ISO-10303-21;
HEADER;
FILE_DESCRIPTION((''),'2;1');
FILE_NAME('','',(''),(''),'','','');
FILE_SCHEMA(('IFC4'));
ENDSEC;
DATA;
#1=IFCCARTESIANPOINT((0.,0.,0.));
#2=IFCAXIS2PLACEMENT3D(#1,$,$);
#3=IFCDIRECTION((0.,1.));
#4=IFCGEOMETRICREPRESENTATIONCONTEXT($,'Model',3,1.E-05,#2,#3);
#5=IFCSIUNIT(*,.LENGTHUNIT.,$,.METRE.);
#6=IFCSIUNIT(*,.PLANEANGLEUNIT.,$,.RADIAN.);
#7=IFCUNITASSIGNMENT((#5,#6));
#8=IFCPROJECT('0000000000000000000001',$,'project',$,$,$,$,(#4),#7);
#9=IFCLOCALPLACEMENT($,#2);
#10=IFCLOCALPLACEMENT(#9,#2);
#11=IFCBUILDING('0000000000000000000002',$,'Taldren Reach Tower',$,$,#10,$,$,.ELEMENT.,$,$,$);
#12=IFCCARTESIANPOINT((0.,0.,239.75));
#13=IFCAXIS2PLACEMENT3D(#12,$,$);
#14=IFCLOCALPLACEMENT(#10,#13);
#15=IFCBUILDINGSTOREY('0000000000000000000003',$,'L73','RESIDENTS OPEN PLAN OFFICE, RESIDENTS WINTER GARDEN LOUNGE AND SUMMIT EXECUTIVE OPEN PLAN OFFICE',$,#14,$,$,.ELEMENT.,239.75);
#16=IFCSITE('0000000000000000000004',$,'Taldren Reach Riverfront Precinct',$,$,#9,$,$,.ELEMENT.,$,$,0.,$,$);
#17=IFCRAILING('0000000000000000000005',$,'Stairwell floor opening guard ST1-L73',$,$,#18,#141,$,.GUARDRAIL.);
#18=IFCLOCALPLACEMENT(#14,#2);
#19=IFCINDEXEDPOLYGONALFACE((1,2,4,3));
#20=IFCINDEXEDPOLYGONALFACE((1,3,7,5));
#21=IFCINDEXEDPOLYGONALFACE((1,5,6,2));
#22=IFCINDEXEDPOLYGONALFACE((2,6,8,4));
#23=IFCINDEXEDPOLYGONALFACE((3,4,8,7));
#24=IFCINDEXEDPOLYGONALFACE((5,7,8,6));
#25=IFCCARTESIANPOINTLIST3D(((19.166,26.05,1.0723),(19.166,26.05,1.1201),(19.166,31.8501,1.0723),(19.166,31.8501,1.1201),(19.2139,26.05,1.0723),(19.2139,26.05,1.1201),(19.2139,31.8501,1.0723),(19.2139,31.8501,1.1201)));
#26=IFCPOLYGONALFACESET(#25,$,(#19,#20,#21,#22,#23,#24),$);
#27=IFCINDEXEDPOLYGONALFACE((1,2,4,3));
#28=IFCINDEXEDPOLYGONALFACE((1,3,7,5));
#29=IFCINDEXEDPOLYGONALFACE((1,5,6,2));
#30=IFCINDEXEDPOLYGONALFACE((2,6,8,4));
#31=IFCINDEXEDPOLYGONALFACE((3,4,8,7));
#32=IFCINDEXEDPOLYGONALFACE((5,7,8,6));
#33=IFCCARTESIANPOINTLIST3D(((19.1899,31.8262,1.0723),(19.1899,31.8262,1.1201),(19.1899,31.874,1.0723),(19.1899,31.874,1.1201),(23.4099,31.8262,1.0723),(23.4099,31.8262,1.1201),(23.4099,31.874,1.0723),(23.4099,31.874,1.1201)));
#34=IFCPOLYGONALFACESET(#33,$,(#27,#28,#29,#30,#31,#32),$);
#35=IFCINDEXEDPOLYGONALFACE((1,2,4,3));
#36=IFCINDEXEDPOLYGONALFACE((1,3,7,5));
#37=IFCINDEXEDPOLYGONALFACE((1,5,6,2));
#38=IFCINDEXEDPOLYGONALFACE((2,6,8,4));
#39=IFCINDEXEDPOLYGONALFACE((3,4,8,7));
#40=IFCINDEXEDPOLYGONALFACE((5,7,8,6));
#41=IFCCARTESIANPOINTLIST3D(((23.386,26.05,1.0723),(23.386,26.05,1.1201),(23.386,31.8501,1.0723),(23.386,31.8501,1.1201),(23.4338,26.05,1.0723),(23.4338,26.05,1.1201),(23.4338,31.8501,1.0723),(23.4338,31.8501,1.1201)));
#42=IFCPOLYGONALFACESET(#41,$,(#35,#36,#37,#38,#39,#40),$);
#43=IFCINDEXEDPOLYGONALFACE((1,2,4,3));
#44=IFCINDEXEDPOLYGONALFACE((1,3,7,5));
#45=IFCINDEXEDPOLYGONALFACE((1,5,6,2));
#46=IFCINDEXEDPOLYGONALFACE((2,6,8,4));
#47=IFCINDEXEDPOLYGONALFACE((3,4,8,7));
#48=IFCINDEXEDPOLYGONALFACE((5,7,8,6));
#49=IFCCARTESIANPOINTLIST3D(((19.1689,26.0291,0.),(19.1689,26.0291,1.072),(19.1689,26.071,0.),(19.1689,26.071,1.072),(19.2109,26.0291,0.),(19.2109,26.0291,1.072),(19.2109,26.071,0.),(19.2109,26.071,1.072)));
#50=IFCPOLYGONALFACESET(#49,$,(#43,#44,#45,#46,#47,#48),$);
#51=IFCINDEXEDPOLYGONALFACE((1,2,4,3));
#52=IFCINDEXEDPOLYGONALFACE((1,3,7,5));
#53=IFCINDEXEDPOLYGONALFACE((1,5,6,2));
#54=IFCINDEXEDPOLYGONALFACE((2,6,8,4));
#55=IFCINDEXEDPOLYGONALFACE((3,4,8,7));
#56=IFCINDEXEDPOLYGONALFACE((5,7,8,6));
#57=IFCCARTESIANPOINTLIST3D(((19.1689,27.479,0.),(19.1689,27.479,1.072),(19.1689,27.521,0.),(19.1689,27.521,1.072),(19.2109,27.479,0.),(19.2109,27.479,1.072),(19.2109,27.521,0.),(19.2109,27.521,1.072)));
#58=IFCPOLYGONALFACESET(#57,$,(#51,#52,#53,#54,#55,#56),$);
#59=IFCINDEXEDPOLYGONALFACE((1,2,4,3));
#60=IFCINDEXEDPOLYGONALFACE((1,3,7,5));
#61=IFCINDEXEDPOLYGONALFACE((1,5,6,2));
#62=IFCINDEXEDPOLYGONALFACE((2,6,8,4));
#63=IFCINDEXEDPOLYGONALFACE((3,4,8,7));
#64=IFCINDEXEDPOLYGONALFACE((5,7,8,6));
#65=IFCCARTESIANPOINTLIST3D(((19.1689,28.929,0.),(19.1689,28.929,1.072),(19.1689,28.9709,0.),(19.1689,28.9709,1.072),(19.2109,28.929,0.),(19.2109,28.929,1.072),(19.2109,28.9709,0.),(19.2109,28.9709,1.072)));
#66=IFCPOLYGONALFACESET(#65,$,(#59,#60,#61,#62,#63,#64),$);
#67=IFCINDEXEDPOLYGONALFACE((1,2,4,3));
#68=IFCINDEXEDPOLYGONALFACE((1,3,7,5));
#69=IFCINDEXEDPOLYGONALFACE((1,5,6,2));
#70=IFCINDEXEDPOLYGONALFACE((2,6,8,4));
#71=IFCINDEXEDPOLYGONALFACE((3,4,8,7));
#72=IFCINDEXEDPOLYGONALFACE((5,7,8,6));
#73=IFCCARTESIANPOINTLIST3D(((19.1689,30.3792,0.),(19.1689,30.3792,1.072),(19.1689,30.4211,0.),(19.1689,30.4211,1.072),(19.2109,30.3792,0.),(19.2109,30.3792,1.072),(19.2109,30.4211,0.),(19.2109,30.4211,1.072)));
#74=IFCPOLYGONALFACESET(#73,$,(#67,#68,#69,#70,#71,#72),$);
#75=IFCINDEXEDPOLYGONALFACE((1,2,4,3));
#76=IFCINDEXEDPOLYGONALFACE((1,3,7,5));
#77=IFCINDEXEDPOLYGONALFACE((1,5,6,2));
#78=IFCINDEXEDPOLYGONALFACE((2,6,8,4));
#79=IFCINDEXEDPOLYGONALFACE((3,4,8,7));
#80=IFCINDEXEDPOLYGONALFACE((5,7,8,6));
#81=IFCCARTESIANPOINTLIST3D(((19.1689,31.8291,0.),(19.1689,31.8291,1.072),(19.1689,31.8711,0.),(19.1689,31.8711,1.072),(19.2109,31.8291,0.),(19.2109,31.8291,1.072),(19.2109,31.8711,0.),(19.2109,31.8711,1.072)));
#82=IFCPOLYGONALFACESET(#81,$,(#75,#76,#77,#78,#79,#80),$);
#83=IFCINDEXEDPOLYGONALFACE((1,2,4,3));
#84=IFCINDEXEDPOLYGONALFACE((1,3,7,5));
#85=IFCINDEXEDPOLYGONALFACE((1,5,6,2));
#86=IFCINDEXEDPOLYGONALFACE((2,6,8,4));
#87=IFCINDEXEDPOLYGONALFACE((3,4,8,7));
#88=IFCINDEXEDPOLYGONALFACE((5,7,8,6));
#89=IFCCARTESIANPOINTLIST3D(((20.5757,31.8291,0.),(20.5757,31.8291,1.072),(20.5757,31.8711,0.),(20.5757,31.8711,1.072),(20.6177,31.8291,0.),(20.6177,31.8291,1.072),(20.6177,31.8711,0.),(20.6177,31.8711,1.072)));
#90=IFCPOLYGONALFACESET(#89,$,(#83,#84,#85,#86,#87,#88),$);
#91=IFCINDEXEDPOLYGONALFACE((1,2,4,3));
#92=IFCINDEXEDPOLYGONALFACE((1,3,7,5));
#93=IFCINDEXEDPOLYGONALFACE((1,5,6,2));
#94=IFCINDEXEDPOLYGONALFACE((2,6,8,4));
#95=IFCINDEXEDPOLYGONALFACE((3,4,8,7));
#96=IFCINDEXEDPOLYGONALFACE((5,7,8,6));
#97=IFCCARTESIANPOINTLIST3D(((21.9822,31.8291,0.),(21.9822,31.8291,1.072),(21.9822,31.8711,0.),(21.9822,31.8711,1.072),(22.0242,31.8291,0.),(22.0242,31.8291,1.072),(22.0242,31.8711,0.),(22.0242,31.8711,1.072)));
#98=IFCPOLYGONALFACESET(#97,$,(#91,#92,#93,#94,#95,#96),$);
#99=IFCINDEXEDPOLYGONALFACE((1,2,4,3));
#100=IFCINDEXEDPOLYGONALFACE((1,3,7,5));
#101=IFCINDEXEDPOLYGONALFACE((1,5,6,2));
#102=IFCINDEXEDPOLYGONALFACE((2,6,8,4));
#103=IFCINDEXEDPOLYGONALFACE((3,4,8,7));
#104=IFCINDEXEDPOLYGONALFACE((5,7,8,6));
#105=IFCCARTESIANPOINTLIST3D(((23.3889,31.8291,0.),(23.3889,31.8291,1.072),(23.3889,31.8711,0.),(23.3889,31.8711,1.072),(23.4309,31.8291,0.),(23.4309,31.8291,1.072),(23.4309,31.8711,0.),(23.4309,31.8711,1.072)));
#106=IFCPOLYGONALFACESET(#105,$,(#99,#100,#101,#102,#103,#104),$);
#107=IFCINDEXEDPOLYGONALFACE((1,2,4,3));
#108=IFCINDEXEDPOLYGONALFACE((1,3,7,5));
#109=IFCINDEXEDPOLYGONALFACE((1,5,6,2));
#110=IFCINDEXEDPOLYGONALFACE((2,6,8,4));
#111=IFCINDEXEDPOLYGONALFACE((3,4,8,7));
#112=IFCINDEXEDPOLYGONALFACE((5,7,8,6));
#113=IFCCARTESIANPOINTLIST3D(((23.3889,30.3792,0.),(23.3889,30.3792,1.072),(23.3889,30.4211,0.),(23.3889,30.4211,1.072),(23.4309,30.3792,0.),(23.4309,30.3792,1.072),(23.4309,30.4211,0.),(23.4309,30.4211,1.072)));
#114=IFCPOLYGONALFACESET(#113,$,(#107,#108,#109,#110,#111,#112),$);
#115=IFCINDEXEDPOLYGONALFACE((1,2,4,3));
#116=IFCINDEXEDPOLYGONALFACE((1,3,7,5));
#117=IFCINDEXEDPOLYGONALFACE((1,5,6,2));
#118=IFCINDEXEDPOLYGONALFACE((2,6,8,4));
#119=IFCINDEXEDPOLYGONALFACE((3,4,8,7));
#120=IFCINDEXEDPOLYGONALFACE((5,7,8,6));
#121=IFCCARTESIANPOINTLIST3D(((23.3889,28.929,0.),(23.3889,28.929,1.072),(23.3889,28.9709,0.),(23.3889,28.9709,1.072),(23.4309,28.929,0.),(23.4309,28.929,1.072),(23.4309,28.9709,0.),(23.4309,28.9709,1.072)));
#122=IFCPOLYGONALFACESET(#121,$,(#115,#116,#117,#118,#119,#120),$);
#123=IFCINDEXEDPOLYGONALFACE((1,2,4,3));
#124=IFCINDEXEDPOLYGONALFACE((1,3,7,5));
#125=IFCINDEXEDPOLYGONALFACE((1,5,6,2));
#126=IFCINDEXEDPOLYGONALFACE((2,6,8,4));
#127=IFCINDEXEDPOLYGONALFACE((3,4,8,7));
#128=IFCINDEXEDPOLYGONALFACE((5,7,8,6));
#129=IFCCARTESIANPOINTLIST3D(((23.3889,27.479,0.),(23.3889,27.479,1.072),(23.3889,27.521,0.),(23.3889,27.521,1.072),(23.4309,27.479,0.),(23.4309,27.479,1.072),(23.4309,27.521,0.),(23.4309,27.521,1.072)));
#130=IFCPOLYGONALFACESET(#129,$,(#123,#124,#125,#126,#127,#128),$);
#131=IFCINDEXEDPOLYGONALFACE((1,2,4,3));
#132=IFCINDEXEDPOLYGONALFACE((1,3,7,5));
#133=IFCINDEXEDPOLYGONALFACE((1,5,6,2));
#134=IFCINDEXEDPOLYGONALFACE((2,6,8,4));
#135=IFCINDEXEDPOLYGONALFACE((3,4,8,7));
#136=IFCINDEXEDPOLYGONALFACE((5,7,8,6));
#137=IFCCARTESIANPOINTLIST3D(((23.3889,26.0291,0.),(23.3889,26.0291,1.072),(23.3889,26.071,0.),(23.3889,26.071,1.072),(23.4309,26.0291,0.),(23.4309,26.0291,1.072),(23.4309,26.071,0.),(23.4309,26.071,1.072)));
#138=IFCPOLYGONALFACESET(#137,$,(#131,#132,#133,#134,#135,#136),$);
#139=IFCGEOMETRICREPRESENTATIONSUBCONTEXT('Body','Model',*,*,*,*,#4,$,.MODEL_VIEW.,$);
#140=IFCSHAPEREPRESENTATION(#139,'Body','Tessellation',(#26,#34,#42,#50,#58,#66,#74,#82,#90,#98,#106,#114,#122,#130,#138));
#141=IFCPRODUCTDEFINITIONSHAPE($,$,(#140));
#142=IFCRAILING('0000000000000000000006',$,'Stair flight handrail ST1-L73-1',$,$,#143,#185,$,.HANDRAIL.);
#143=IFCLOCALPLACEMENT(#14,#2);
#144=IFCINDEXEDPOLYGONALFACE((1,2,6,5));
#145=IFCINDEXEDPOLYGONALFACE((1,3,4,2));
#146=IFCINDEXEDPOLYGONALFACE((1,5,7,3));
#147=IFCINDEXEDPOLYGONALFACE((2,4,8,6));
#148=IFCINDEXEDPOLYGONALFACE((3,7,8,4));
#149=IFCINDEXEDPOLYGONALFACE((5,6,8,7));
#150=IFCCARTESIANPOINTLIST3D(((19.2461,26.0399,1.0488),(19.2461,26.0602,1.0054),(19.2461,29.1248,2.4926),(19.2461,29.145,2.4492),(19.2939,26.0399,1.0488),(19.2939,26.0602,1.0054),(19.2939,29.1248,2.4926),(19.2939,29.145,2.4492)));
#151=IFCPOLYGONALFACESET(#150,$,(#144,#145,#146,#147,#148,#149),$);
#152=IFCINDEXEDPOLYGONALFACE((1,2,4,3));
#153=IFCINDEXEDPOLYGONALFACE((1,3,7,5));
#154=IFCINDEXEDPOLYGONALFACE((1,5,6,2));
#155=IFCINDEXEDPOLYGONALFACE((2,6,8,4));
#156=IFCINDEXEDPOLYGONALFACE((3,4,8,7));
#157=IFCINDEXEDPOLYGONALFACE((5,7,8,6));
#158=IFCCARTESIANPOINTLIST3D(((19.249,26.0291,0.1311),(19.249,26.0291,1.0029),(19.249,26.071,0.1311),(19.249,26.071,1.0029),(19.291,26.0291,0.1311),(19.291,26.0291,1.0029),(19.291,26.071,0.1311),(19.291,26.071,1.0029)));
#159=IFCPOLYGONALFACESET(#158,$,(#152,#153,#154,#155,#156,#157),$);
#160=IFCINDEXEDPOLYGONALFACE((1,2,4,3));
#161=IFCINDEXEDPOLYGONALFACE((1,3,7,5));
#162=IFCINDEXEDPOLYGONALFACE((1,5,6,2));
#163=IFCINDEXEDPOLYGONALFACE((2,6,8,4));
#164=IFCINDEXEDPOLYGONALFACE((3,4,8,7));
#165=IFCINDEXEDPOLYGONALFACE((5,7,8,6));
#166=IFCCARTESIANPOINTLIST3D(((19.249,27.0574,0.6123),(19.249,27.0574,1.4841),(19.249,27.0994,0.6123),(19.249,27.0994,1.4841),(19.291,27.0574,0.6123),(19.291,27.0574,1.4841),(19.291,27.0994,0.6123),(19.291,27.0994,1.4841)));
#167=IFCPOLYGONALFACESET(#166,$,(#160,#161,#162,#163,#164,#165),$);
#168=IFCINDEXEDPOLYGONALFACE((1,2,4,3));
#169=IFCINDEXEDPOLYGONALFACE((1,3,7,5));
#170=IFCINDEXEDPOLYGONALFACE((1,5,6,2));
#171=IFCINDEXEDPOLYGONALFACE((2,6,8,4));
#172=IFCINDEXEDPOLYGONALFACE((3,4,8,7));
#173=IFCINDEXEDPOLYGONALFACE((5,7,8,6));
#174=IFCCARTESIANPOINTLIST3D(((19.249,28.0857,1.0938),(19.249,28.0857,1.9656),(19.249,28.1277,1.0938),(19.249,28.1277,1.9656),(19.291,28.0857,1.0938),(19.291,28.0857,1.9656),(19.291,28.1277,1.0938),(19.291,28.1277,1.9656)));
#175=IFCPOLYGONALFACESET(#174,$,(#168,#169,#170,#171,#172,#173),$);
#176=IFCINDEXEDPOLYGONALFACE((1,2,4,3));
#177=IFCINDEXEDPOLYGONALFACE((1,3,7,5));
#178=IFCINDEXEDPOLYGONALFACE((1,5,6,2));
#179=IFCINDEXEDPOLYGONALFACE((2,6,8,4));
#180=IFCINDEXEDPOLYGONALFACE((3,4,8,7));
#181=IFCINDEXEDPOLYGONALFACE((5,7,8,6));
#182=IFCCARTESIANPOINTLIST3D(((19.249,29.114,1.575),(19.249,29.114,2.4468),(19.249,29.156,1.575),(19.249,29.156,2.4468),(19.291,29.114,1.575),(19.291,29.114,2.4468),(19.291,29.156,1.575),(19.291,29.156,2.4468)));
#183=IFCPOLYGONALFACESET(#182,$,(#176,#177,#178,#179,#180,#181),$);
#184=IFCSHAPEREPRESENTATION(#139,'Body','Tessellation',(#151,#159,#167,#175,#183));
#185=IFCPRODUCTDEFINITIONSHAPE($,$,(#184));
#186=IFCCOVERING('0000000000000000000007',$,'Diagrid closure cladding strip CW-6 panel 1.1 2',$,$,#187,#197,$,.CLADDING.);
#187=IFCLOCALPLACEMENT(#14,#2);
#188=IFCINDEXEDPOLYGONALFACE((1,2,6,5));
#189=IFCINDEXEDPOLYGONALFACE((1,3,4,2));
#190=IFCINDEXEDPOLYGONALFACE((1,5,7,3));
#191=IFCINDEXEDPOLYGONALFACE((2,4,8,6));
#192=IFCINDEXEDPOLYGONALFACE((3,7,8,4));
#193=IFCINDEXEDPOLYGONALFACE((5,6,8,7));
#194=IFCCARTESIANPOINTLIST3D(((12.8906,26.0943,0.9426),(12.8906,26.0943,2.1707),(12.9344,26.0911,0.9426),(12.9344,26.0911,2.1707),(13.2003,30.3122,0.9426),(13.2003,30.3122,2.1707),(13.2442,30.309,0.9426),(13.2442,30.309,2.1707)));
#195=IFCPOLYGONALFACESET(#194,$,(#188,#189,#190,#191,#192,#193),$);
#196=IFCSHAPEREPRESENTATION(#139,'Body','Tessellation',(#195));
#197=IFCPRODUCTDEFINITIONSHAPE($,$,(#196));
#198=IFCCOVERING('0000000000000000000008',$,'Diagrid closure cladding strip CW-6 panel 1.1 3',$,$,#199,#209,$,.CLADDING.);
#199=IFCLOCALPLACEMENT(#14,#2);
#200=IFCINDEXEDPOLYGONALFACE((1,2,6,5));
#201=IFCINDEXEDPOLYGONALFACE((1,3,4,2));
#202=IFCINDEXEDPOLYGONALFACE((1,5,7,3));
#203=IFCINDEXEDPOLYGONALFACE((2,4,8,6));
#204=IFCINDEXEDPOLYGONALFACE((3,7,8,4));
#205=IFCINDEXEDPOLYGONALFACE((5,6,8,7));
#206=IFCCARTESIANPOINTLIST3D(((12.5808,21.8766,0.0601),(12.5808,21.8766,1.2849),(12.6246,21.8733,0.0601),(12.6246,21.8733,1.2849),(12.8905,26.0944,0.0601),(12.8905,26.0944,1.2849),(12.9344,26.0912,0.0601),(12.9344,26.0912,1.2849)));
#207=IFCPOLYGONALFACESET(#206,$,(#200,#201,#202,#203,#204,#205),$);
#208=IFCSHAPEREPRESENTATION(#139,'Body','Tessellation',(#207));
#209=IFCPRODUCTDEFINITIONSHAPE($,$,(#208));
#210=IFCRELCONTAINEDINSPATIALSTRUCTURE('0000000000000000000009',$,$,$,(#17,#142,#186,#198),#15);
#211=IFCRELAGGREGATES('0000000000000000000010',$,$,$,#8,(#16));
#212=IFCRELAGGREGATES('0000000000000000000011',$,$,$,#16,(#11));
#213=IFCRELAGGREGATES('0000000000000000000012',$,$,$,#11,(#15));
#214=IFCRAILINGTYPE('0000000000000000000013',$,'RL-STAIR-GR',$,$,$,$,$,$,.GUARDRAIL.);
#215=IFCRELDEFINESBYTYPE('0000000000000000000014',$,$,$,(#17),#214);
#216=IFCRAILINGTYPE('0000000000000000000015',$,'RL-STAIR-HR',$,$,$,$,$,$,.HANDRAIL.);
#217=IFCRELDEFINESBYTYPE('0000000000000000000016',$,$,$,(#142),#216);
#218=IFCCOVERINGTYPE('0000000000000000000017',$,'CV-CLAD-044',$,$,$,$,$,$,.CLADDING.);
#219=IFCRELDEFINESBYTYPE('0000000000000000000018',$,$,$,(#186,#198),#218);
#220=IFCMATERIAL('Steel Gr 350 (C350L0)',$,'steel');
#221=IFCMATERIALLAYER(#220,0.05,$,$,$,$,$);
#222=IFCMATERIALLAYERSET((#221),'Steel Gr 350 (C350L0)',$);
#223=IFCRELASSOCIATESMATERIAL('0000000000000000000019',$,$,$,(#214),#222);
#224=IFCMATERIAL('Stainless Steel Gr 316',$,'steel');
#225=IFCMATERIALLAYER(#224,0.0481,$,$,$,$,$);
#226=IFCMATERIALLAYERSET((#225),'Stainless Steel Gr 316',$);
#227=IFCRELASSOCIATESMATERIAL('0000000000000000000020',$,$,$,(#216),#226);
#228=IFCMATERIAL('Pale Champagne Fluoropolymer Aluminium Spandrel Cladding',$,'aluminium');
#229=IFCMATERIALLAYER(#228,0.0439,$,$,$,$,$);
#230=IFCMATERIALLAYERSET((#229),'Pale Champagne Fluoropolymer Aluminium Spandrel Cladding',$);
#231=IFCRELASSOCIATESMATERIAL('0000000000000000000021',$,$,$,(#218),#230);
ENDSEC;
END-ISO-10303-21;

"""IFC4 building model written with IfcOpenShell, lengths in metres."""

from ifc_helpers import new_model, si_unit, direction, frame, origin, origin_2d, place, context, subcontext, project, spatial, rectangle, extrude, source, transform, mapped, material, layer, layer_set, type_object, element, save


model = new_model("IFC4")

# Units and contexts
model_context = context("Model", 3, precision=1e-05, world=origin(), true_north=direction((0.0, 1.0)))
body_context = subcontext(model_context, "Body", "Model", "MODEL_VIEW")
ifc_project = project(units=[si_unit("LENGTHUNIT", "METRE"), si_unit("PLANEANGLEUNIT", "RADIAN")], contexts=[model_context])

# Site, building, storey
site_placement = place(None, origin())
site = spatial("IfcSite", under=ifc_project, at=site_placement, Name="Taldren Reach Riverfront Precinct", CompositionType="ELEMENT", RefElevation=0.0)
building_placement = place(site_placement, origin())
building = spatial("IfcBuilding", under=site, at=building_placement, Name="Taldren Reach Tower", CompositionType="ELEMENT")
storey_placement = place(building_placement, frame((0.0, 0.0, 239.75)))
storey = spatial("IfcBuildingStorey", under=building, at=storey_placement, Name="L73", Description="RESIDENTS OPEN PLAN OFFICE, RESIDENTS WINTER GARDEN LOUNGE AND SUMMIT EXECUTIVE OPEN PLAN OFFICE", CompositionType="ELEMENT", Elevation=239.75)

# Shared definitions
ifc_material_1 = material(Name="Steel Gr 350 (C350L0)", Category="steel")

# Railings
ifc_layer_1 = layer(ifc_material_1, 0.05)
ifc_layer_set_1 = layer_set([ifc_layer_1], Name="Steel Gr 350 (C350L0)")
railing_type_1 = type_object("IfcRailingType", Name="RL-STAIR-GR", PredefinedType="GUARDRAIL", material=ifc_layer_set_1)
railing_1_placement = place(storey_placement, frame((19.1899, 26.05, 0.0)))
element("IfcRailing", 1, at=railing_1_placement, inside=storey, type_object=railing_type_1, Name="Stairwell floor opening guard ST1-L73", PredefinedType="GUARDRAIL", context=body_context, shape_type="SweptSolid", body=[
    extrude(rectangle(XDim=0.0479, YDim=0.0479, at=origin_2d()), frame((0.0, 0.0, 1.0962), z_axis=(0.0, 1.0, 0.0), x_axis=(-1.0, 0.0, 0.0)), (0.0, 0.0, 1.0), 5.8),
    extrude(rectangle(XDim=0.0479, YDim=0.0479, at=origin_2d()), frame((0.0, 5.8, 1.0962), z_axis=(1.0, 0.0, 0.0), x_axis=(0.0, 1.0, 0.0)), (0.0, 0.0, 1.0), 4.22),
    extrude(rectangle(XDim=0.0479, YDim=0.0479, at=origin_2d()), frame((4.22, 5.8, 1.0962), z_axis=(0.0, -1.0, 0.0), x_axis=(1.0, 0.0, 0.0)), (0.0, 0.0, 1.0), 5.8),
    extrude(rectangle(XDim=0.042, YDim=0.042, at=origin_2d()), origin(), (0.0, 0.0, 1.0), 1.072),
    extrude(rectangle(XDim=0.042, YDim=0.042, at=origin_2d()), frame((0.0, 1.45, 0.0)), (0.0, 0.0, 1.0), 1.072),
    extrude(rectangle(XDim=0.042, YDim=0.042, at=origin_2d()), frame((0.0, 2.8999, 0.0)), (0.0, 0.0, 1.0), 1.072),
    extrude(rectangle(XDim=0.042, YDim=0.042, at=origin_2d()), frame((0.0, 4.3501, 0.0)), (0.0, 0.0, 1.0), 1.072),
    extrude(rectangle(XDim=0.042, YDim=0.042, at=origin_2d()), frame((0.0, 5.8, 0.0)), (0.0, 0.0, 1.0), 1.072),
    extrude(rectangle(XDim=0.042, YDim=0.042, at=origin_2d()), frame((1.4067, 5.8, 0.0)), (0.0, 0.0, 1.0), 1.072),
    extrude(rectangle(XDim=0.042, YDim=0.042, at=origin_2d()), frame((2.8132, 5.8, 0.0)), (0.0, 0.0, 1.0), 1.072),
    extrude(rectangle(XDim=0.042, YDim=0.042, at=origin_2d()), frame((4.22, 5.8, 0.0)), (0.0, 0.0, 1.0), 1.072),
    extrude(rectangle(XDim=0.042, YDim=0.042, at=origin_2d()), frame((4.22, 4.3501, 0.0)), (0.0, 0.0, 1.0), 1.072),
    extrude(rectangle(XDim=0.042, YDim=0.042, at=origin_2d()), frame((4.22, 2.8999, 0.0)), (0.0, 0.0, 1.0), 1.072),
    extrude(rectangle(XDim=0.042, YDim=0.042, at=origin_2d()), frame((4.22, 1.45, 0.0)), (0.0, 0.0, 1.0), 1.072),
    extrude(rectangle(XDim=0.042, YDim=0.042, at=origin_2d()), frame((4.22, 0.0, 0.0)), (0.0, 0.0, 1.0), 1.072),
])
ifc_material_2 = material(Name="Stainless Steel Gr 316", Category="steel")
ifc_layer_2 = layer(ifc_material_2, 0.0481)
ifc_layer_set_2 = layer_set([ifc_layer_2], Name="Stainless Steel Gr 316")
railing_type_2 = type_object("IfcRailingType", Name="RL-STAIR-HR", PredefinedType="HANDRAIL", material=ifc_layer_set_2)
railing_2_placement = place(storey_placement, frame((19.27, 26.05, 0.1311)))
element("IfcRailing", 2, at=railing_2_placement, inside=storey, type_object=railing_type_2, Name="Stair flight handrail ST1-L73-1", PredefinedType="HANDRAIL", context=body_context, shape_type="SweptSolid", body=[
    extrude(rectangle(XDim=0.0479, YDim=0.0479, at=origin_2d()), frame((0.0, 0.0, 0.896), z_axis=(0.0, 0.90571, 0.423898), x_axis=(-1.0, 0.0, 0.0)), (0.0, 0.0, 1.0), 3.406),
    extrude(rectangle(XDim=0.042, YDim=0.042, at=origin_2d()), origin(), (0.0, 0.0, 1.0), 0.8718),
    extrude(rectangle(XDim=0.042, YDim=0.042, at=origin_2d()), frame((0.0, 1.0283, 0.4812)), (0.0, 0.0, 1.0), 0.8718),
    extrude(rectangle(XDim=0.042, YDim=0.042, at=origin_2d()), frame((0.0, 2.0566, 0.9626)), (0.0, 0.0, 1.0), 0.8718),
    extrude(rectangle(XDim=0.042, YDim=0.042, at=origin_2d()), frame((0.0, 3.085, 1.4438)), (0.0, 0.0, 1.0), 0.8718),
])

# Coverings
ifc_material_3 = material(Name="Pale Champagne Fluoropolymer Aluminium Spandrel Cladding", Category="aluminium")
ifc_layer_3 = layer(ifc_material_3, 0.0439)
ifc_layer_set_3 = layer_set([ifc_layer_3], Name="Pale Champagne Fluoropolymer Aluminium Spandrel Cladding")
covering_type = type_object("IfcCoveringType", Name="CV-CLAD-044", PredefinedType="CLADDING", material=ifc_layer_set_3)
shared_shape_1 = source(origin(), body_context, "Body", "SweptSolid", [
    extrude(rectangle(XDim=4.2292, YDim=0.0439, at=origin_2d()), origin(), (0.0, 0.0, 1.0), 1.228),
])
covering_1_placement = place(storey_placement, frame((13.0674, 28.2017, 0.9426), z_axis=(0.0, 0.0, 1.0), x_axis=(-0.073238, -0.997314, 0.0)))
element("IfcCovering", 3, at=covering_1_placement, inside=storey, type_object=covering_type, Name="Diagrid closure cladding strip CW-6 panel 1.1 2", PredefinedType="CLADDING", context=body_context, shape_type="MappedRepresentation", body=[
    mapped(shared_shape_1, transform((0.0, 0.0, 0.0), scale=1.0)),
])
shared_shape_2 = source(origin(), body_context, "Body", "SweptSolid", [
    extrude(rectangle(XDim=4.2292, YDim=0.0439, at=origin_2d()), origin(), (0.0, 0.0, 1.0), 1.2249),
])
covering_2_placement = place(storey_placement, frame((12.7576, 23.9839, 0.0601), z_axis=(0.0, 0.0, 1.0), x_axis=(-0.073238, -0.997314, 0.0)))
element("IfcCovering", 4, at=covering_2_placement, inside=storey, type_object=covering_type, Name="Diagrid closure cladding strip CW-6 panel 1.1 3", PredefinedType="CLADDING", context=body_context, shape_type="MappedRepresentation", body=[
    mapped(shared_shape_2, transform((0.0, 0.0, 0.0), scale=1.0)),
])

save(model, "model.ifc")
